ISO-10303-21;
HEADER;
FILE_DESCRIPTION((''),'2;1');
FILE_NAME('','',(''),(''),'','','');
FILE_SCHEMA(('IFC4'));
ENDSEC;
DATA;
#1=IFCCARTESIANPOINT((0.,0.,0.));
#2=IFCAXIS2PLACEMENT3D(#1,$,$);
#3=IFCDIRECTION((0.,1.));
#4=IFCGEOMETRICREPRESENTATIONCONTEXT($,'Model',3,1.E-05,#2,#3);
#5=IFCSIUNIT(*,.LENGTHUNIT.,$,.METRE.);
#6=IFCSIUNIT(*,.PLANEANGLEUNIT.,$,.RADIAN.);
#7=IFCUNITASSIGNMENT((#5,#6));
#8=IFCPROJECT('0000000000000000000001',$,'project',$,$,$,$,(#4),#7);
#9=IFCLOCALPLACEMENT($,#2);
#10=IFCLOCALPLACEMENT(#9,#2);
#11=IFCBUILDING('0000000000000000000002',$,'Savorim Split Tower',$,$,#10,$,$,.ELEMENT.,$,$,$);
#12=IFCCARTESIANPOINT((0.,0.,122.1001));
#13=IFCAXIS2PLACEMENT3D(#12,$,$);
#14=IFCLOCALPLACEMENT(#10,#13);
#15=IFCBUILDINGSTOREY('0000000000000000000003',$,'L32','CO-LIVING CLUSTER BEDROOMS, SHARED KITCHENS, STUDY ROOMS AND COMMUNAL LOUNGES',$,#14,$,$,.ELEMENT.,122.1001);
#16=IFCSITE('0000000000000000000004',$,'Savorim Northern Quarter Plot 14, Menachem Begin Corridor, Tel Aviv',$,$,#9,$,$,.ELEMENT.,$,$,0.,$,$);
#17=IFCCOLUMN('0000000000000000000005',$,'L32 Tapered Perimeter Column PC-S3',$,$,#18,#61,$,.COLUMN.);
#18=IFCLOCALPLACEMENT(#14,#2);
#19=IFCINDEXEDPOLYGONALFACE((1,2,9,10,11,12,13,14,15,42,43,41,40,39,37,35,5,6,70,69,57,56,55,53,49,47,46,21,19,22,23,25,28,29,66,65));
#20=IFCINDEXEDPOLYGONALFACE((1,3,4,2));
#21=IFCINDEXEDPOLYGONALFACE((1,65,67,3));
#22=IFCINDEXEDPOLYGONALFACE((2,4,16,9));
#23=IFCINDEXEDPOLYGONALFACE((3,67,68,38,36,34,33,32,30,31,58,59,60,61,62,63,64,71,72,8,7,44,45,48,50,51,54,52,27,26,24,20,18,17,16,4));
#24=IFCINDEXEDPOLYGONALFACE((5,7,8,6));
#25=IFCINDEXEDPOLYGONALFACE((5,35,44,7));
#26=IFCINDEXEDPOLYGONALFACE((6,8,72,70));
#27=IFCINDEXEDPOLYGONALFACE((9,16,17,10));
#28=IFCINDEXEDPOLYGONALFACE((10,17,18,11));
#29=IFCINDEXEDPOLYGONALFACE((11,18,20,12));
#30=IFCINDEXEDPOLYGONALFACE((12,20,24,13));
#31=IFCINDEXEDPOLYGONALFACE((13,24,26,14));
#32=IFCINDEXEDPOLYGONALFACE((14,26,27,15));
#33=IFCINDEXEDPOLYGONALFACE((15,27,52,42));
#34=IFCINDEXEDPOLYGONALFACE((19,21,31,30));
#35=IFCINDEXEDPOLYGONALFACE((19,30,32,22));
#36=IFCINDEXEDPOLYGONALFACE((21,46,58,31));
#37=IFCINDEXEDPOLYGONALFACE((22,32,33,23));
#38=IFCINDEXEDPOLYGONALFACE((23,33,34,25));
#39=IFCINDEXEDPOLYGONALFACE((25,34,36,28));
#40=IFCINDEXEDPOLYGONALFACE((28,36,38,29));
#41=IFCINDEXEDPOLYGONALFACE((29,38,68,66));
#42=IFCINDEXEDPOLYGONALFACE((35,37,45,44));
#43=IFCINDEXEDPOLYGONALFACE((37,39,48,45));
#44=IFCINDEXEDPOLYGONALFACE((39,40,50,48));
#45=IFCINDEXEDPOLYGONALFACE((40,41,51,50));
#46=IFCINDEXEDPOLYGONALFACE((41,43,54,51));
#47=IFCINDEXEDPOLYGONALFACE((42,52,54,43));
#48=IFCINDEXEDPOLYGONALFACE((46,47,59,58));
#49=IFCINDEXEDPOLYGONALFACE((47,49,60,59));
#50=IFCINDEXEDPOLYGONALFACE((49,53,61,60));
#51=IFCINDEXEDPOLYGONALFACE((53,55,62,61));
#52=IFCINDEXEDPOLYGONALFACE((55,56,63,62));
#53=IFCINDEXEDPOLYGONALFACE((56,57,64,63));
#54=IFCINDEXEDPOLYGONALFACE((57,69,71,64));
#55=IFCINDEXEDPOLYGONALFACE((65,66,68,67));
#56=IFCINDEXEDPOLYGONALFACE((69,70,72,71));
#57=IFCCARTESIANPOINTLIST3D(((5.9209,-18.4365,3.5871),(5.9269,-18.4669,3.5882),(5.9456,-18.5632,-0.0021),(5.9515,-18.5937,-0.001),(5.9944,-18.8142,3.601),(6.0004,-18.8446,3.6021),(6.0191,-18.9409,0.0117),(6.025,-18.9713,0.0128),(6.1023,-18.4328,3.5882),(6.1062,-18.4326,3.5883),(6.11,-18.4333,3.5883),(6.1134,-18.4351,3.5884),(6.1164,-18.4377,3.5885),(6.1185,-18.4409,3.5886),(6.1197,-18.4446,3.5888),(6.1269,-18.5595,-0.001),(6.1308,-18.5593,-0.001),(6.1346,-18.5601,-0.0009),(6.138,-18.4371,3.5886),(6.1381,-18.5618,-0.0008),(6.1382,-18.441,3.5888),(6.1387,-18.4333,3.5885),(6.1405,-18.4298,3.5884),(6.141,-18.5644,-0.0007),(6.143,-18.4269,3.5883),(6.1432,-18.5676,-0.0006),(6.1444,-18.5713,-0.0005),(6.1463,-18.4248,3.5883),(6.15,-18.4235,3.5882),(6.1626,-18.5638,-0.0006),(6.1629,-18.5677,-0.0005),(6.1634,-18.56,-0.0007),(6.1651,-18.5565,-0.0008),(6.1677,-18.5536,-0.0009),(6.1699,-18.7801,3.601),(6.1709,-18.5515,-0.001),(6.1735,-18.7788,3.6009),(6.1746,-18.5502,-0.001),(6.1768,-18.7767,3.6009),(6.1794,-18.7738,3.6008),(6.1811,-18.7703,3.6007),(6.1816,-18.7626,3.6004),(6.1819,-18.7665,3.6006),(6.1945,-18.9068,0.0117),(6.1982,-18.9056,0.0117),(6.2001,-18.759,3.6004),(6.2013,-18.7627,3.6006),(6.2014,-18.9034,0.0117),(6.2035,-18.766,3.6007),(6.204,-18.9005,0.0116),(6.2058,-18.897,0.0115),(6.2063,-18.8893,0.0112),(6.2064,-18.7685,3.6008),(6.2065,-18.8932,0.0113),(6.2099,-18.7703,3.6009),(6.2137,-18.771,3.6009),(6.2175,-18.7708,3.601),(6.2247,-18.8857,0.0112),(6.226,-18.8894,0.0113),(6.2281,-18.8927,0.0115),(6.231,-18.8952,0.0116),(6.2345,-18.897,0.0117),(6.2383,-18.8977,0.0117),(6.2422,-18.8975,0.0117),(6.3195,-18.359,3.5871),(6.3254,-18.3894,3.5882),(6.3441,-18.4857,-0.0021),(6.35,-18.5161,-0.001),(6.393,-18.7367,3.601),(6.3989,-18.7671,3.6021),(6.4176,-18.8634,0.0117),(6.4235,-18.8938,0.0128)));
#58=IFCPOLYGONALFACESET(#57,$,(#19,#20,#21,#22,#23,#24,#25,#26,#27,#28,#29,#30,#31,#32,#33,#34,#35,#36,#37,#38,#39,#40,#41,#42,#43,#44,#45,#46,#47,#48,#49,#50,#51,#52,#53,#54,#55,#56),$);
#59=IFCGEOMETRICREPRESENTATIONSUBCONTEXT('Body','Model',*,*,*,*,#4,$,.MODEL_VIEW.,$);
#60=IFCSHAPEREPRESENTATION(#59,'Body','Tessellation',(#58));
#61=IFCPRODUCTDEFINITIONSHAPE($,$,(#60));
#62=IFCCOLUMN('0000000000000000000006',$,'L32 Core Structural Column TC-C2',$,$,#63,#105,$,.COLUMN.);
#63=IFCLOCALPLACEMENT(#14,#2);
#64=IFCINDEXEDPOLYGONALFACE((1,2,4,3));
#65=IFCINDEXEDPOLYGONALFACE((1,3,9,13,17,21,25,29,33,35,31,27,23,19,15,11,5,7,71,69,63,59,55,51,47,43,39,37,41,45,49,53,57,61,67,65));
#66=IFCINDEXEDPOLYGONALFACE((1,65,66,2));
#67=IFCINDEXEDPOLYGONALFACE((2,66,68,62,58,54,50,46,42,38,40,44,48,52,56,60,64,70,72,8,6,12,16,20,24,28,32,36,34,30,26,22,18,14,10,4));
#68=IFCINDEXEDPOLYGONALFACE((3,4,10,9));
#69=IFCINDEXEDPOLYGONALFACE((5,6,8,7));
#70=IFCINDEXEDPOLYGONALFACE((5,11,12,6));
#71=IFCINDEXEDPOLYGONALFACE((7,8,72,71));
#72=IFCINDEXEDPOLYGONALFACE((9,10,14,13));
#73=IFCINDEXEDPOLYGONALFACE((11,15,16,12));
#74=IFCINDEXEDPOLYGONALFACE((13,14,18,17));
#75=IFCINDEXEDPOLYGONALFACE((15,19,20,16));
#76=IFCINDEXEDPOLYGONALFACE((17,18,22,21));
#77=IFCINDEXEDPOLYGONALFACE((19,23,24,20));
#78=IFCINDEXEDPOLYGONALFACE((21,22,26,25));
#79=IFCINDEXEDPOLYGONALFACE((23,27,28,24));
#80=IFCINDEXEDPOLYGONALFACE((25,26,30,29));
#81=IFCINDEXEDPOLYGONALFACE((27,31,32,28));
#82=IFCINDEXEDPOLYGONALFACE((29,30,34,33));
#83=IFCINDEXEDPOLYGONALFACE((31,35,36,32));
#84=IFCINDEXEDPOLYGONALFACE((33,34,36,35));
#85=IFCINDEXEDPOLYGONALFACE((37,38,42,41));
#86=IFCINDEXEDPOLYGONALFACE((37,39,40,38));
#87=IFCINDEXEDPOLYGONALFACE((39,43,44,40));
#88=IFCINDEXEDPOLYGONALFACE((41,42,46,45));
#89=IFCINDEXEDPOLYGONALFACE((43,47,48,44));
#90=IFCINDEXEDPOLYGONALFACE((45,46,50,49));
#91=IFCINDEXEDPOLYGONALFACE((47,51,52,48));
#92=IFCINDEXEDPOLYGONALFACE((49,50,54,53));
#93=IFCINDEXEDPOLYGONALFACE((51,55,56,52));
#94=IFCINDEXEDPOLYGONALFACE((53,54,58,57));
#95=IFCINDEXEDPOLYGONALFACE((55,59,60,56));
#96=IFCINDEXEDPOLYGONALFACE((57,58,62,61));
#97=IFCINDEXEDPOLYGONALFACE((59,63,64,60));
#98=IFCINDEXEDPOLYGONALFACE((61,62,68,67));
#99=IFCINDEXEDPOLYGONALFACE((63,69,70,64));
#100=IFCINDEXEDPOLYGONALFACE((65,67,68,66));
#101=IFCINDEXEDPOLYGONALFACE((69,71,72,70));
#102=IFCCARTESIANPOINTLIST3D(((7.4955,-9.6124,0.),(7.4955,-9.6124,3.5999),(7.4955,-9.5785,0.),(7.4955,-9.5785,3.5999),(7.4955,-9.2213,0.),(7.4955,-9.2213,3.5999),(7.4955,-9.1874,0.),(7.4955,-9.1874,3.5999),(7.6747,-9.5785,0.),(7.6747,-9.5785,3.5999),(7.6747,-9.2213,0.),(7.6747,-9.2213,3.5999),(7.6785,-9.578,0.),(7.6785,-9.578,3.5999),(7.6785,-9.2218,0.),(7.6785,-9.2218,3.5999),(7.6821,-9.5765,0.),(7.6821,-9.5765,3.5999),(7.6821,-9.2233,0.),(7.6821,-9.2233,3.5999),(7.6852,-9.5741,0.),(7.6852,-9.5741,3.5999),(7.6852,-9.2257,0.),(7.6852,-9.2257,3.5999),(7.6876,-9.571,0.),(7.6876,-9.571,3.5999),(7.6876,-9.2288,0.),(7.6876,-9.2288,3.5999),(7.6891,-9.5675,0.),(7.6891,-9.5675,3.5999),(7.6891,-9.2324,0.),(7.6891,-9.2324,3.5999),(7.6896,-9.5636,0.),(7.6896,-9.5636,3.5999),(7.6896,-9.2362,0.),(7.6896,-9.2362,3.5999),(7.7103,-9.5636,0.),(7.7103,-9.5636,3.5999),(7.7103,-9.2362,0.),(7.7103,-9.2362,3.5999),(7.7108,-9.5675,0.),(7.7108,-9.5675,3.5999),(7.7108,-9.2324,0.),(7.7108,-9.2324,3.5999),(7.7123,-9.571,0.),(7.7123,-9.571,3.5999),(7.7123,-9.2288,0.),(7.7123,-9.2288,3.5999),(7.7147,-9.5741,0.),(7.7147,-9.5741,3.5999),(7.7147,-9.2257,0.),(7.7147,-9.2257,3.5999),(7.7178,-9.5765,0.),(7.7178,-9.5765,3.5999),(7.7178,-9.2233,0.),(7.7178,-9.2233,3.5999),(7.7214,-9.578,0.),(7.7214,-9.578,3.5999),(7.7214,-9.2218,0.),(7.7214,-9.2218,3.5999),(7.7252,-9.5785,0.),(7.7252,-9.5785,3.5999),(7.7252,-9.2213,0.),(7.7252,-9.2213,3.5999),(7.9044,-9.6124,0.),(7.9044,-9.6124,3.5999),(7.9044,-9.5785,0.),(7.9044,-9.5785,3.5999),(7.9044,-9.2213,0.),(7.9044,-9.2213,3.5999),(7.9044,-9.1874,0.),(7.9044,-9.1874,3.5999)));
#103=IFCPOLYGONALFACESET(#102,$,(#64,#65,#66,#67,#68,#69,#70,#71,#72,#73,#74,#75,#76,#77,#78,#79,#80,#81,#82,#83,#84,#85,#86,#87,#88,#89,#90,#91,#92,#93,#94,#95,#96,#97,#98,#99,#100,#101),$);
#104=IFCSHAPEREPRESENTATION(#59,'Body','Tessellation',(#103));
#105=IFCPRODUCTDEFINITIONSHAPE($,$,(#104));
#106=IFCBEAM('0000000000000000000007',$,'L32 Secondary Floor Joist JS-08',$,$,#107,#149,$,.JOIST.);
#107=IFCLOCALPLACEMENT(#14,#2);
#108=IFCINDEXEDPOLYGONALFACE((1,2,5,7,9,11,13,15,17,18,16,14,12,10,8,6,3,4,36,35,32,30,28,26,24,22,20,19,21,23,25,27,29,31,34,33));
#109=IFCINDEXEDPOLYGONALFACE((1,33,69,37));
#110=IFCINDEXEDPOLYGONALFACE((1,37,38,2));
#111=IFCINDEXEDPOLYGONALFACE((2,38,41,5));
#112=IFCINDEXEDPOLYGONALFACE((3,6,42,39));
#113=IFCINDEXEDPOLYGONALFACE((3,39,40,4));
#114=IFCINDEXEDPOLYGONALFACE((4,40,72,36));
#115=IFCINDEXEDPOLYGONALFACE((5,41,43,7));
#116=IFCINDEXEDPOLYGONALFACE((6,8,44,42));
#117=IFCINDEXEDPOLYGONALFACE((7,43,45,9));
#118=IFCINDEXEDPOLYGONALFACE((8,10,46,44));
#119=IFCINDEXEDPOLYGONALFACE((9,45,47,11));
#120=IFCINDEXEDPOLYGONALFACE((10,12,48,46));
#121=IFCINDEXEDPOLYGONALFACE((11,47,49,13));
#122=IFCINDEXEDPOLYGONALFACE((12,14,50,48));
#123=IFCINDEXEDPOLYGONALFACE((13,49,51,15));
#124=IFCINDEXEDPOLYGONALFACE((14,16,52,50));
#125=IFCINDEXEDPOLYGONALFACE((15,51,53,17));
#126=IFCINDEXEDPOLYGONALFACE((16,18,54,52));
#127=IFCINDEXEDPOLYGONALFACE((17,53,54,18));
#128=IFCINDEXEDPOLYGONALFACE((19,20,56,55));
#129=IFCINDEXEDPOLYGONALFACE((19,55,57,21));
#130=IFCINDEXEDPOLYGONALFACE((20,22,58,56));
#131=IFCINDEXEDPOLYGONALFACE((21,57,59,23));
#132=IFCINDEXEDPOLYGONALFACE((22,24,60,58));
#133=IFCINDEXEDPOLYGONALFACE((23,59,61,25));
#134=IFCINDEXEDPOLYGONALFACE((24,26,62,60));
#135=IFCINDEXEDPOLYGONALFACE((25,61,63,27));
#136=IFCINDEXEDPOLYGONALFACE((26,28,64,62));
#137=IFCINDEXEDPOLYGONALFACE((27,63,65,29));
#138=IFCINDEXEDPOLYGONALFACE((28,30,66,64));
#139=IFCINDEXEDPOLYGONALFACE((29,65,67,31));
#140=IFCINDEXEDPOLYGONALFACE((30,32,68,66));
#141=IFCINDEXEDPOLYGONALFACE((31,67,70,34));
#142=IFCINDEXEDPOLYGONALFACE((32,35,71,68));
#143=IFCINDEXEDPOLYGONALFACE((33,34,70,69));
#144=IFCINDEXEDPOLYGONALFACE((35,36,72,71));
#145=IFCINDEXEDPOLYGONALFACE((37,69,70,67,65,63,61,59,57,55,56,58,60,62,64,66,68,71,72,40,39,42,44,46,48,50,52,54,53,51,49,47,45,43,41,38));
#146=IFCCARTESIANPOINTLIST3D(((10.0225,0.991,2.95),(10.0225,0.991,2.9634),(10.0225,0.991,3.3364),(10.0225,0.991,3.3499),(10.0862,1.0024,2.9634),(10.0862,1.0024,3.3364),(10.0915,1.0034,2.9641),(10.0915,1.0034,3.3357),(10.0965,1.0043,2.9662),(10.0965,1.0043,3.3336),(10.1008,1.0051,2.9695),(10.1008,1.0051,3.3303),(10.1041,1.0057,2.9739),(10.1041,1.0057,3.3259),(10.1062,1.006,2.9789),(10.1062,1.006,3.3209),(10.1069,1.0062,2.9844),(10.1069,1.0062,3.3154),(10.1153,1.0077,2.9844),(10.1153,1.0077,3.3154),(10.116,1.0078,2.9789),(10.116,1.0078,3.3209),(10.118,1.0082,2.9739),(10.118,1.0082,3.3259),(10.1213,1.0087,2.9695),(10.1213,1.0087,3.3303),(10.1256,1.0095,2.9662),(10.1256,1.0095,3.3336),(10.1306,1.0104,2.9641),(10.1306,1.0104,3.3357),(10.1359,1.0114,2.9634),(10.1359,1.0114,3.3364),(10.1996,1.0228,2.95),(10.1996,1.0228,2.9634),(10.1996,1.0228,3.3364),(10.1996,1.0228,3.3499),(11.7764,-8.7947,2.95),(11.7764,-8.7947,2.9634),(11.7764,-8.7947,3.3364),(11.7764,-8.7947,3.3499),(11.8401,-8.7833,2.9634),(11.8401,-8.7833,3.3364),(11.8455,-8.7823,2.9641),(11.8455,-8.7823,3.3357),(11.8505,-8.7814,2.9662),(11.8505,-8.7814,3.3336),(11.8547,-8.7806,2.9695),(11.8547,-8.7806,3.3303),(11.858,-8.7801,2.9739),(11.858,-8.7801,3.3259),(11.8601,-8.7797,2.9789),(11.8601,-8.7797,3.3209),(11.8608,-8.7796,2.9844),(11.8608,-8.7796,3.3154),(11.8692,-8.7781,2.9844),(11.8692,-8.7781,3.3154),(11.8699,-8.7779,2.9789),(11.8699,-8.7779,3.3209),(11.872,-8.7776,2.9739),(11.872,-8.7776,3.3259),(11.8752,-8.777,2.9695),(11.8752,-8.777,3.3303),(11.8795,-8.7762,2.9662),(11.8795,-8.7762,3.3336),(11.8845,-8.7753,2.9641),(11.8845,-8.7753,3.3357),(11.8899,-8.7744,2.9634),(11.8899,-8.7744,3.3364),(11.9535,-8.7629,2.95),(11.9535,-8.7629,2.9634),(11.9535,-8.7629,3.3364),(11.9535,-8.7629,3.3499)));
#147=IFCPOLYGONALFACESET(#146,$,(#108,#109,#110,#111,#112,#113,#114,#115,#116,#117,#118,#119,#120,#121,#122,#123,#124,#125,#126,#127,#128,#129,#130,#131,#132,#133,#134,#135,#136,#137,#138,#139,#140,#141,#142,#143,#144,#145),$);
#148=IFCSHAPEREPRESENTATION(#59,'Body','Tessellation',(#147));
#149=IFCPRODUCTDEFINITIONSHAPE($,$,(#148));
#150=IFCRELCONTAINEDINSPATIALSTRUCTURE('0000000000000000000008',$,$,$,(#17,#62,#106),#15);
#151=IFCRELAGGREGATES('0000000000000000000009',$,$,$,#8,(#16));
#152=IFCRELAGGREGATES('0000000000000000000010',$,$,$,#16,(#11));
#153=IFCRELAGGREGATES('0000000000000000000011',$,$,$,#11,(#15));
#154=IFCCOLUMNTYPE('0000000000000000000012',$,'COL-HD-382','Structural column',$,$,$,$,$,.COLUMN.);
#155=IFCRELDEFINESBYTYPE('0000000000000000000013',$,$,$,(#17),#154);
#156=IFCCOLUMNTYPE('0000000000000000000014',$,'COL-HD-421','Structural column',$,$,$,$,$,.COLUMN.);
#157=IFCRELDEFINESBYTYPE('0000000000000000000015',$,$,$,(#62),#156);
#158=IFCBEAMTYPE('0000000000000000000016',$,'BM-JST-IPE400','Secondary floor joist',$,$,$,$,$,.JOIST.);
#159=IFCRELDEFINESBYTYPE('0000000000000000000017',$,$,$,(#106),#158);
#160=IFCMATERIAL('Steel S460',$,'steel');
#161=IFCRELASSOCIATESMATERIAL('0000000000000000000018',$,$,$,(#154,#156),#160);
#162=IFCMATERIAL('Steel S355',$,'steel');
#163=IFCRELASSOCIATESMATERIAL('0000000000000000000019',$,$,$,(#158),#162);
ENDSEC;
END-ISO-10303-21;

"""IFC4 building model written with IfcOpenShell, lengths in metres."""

from ifc_helpers import new_model, si_unit, direction, frame, origin, origin_2d, place, context, subcontext, project, spatial, i_section, extrude, material, material_profile, profile_set, type_object, element, save


model = new_model("IFC4")

# Units and contexts
model_context = context("Model", 3, precision=1e-05, world=origin(), true_north=direction((0.0, 1.0)))
body_context = subcontext(model_context, "Body", "Model", "MODEL_VIEW")
ifc_project = project(units=[si_unit("LENGTHUNIT", "METRE"), si_unit("PLANEANGLEUNIT", "RADIAN")], contexts=[model_context])

# Site, building, storey
site_placement = place(None, origin())
site = spatial("IfcSite", under=ifc_project, at=site_placement, Name="Savorim Northern Quarter Plot 14, Menachem Begin Corridor, Tel Aviv", CompositionType="ELEMENT", RefElevation=0.0)
building_placement = place(site_placement, origin())
building = spatial("IfcBuilding", under=site, at=building_placement, Name="Savorim Split Tower", CompositionType="ELEMENT")
storey_placement = place(building_placement, frame((0.0, 0.0, 122.1001)))
storey = spatial("IfcBuildingStorey", under=building, at=storey_placement, Name="L32", Description="CO-LIVING CLUSTER BEDROOMS, SHARED KITCHENS, STUDY ROOMS AND COMMUNAL LOUNGES", CompositionType="ELEMENT", Elevation=122.1001)

# Columns
ifc_material_1 = material(Name="Steel S460", Category="steel")
ifc_material_profile_1 = material_profile(ifc_material_1, i_section(OverallWidth=0.406, OverallDepth=0.416, WebThickness=0.0188, FlangeThickness=0.031, FilletRadius=0.0149, at=origin_2d()), Name="HD 400x382")
ifc_profile_set_1 = profile_set([ifc_material_profile_1], Name="Steel S460")
column_type_1 = type_object("IfcColumnType", Name="COL-HD-382", Description="Structural column", PredefinedType="COLUMN", material=ifc_profile_set_1)
column_1_placement = place(storey_placement, frame((6.1846, -18.7285, 0.0054), z_axis=(-0.006866, 0.035281, 0.999354), x_axis=(-0.981586, -0.191022, 0.0)))
element("IfcColumn", 1, at=column_1_placement, inside=storey, type_object=column_type_1, Name="L32 Tapered Perimeter Column PC-S3", PredefinedType="COLUMN", context=body_context, shape_type="SweptSolid", body=[
    extrude(i_section(OverallWidth=0.406, OverallDepth=0.416, WebThickness=0.0188, FlangeThickness=0.031, FilletRadius=0.0149, at=origin_2d()), origin(), (0.0, 0.0, 1.0), 3.5916),
])
ifc_material_profile_2 = material_profile(ifc_material_1, i_section(OverallWidth=0.4089, OverallDepth=0.425, WebThickness=0.0208, FlangeThickness=0.0339, FilletRadius=0.0149, at=origin_2d()), Name="HD 400x421")
ifc_profile_set_2 = profile_set([ifc_material_profile_2], Name="Steel S460")
column_type_2 = type_object("IfcColumnType", Name="COL-HD-421", Description="Structural column", PredefinedType="COLUMN", material=ifc_profile_set_2)
column_2_placement = place(storey_placement, frame((7.7, -9.3999, 0.0), z_axis=(0.0, 0.0, 1.0), x_axis=(1.0, 0.0, 0.0)))
element("IfcColumn", 2, at=column_2_placement, inside=storey, type_object=column_type_2, Name="L32 Core Structural Column TC-C2", PredefinedType="COLUMN", context=body_context, shape_type="SweptSolid", body=[
    extrude(i_section(OverallWidth=0.4089, OverallDepth=0.425, WebThickness=0.0208, FlangeThickness=0.0339, FilletRadius=0.0149, at=origin_2d()), origin(), (0.0, 0.0, 1.0), 3.5999),
])

# Beam
ifc_material_2 = material(Name="Steel S355", Category="steel")
ifc_material_profile_3 = material_profile(ifc_material_2, i_section(OverallWidth=0.1799, OverallDepth=0.3999, WebThickness=0.0085, FlangeThickness=0.0134, FilletRadius=0.021, at=origin_2d()), Name="IPE 400")
ifc_profile_set_3 = profile_set([ifc_material_profile_3], Name="Steel S355")
beam_type_1 = type_object("IfcBeamType", Name="BM-JST-IPE400", Description="Secondary floor joist", PredefinedType="JOIST", material=ifc_profile_set_3)
beam_1_placement = place(storey_placement, frame((11.865, -8.7788, 3.1499), z_axis=(-0.176421, 0.984315, 0.0), x_axis=(-0.984315, -0.176421, 0.0)))
element("IfcBeam", 3, at=beam_1_placement, inside=storey, type_object=beam_type_1, Name="L32 Secondary Floor Joist JS-08", PredefinedType="JOIST", context=body_context, shape_type="SweptSolid", body=[
    extrude(i_section(OverallWidth=0.1799, OverallDepth=0.3999, WebThickness=0.0085, FlangeThickness=0.0134, FilletRadius=0.021, at=origin_2d()), origin(), (0.0, 0.0, 1.0), 9.9417),
])

save(model, "model.ifc")
